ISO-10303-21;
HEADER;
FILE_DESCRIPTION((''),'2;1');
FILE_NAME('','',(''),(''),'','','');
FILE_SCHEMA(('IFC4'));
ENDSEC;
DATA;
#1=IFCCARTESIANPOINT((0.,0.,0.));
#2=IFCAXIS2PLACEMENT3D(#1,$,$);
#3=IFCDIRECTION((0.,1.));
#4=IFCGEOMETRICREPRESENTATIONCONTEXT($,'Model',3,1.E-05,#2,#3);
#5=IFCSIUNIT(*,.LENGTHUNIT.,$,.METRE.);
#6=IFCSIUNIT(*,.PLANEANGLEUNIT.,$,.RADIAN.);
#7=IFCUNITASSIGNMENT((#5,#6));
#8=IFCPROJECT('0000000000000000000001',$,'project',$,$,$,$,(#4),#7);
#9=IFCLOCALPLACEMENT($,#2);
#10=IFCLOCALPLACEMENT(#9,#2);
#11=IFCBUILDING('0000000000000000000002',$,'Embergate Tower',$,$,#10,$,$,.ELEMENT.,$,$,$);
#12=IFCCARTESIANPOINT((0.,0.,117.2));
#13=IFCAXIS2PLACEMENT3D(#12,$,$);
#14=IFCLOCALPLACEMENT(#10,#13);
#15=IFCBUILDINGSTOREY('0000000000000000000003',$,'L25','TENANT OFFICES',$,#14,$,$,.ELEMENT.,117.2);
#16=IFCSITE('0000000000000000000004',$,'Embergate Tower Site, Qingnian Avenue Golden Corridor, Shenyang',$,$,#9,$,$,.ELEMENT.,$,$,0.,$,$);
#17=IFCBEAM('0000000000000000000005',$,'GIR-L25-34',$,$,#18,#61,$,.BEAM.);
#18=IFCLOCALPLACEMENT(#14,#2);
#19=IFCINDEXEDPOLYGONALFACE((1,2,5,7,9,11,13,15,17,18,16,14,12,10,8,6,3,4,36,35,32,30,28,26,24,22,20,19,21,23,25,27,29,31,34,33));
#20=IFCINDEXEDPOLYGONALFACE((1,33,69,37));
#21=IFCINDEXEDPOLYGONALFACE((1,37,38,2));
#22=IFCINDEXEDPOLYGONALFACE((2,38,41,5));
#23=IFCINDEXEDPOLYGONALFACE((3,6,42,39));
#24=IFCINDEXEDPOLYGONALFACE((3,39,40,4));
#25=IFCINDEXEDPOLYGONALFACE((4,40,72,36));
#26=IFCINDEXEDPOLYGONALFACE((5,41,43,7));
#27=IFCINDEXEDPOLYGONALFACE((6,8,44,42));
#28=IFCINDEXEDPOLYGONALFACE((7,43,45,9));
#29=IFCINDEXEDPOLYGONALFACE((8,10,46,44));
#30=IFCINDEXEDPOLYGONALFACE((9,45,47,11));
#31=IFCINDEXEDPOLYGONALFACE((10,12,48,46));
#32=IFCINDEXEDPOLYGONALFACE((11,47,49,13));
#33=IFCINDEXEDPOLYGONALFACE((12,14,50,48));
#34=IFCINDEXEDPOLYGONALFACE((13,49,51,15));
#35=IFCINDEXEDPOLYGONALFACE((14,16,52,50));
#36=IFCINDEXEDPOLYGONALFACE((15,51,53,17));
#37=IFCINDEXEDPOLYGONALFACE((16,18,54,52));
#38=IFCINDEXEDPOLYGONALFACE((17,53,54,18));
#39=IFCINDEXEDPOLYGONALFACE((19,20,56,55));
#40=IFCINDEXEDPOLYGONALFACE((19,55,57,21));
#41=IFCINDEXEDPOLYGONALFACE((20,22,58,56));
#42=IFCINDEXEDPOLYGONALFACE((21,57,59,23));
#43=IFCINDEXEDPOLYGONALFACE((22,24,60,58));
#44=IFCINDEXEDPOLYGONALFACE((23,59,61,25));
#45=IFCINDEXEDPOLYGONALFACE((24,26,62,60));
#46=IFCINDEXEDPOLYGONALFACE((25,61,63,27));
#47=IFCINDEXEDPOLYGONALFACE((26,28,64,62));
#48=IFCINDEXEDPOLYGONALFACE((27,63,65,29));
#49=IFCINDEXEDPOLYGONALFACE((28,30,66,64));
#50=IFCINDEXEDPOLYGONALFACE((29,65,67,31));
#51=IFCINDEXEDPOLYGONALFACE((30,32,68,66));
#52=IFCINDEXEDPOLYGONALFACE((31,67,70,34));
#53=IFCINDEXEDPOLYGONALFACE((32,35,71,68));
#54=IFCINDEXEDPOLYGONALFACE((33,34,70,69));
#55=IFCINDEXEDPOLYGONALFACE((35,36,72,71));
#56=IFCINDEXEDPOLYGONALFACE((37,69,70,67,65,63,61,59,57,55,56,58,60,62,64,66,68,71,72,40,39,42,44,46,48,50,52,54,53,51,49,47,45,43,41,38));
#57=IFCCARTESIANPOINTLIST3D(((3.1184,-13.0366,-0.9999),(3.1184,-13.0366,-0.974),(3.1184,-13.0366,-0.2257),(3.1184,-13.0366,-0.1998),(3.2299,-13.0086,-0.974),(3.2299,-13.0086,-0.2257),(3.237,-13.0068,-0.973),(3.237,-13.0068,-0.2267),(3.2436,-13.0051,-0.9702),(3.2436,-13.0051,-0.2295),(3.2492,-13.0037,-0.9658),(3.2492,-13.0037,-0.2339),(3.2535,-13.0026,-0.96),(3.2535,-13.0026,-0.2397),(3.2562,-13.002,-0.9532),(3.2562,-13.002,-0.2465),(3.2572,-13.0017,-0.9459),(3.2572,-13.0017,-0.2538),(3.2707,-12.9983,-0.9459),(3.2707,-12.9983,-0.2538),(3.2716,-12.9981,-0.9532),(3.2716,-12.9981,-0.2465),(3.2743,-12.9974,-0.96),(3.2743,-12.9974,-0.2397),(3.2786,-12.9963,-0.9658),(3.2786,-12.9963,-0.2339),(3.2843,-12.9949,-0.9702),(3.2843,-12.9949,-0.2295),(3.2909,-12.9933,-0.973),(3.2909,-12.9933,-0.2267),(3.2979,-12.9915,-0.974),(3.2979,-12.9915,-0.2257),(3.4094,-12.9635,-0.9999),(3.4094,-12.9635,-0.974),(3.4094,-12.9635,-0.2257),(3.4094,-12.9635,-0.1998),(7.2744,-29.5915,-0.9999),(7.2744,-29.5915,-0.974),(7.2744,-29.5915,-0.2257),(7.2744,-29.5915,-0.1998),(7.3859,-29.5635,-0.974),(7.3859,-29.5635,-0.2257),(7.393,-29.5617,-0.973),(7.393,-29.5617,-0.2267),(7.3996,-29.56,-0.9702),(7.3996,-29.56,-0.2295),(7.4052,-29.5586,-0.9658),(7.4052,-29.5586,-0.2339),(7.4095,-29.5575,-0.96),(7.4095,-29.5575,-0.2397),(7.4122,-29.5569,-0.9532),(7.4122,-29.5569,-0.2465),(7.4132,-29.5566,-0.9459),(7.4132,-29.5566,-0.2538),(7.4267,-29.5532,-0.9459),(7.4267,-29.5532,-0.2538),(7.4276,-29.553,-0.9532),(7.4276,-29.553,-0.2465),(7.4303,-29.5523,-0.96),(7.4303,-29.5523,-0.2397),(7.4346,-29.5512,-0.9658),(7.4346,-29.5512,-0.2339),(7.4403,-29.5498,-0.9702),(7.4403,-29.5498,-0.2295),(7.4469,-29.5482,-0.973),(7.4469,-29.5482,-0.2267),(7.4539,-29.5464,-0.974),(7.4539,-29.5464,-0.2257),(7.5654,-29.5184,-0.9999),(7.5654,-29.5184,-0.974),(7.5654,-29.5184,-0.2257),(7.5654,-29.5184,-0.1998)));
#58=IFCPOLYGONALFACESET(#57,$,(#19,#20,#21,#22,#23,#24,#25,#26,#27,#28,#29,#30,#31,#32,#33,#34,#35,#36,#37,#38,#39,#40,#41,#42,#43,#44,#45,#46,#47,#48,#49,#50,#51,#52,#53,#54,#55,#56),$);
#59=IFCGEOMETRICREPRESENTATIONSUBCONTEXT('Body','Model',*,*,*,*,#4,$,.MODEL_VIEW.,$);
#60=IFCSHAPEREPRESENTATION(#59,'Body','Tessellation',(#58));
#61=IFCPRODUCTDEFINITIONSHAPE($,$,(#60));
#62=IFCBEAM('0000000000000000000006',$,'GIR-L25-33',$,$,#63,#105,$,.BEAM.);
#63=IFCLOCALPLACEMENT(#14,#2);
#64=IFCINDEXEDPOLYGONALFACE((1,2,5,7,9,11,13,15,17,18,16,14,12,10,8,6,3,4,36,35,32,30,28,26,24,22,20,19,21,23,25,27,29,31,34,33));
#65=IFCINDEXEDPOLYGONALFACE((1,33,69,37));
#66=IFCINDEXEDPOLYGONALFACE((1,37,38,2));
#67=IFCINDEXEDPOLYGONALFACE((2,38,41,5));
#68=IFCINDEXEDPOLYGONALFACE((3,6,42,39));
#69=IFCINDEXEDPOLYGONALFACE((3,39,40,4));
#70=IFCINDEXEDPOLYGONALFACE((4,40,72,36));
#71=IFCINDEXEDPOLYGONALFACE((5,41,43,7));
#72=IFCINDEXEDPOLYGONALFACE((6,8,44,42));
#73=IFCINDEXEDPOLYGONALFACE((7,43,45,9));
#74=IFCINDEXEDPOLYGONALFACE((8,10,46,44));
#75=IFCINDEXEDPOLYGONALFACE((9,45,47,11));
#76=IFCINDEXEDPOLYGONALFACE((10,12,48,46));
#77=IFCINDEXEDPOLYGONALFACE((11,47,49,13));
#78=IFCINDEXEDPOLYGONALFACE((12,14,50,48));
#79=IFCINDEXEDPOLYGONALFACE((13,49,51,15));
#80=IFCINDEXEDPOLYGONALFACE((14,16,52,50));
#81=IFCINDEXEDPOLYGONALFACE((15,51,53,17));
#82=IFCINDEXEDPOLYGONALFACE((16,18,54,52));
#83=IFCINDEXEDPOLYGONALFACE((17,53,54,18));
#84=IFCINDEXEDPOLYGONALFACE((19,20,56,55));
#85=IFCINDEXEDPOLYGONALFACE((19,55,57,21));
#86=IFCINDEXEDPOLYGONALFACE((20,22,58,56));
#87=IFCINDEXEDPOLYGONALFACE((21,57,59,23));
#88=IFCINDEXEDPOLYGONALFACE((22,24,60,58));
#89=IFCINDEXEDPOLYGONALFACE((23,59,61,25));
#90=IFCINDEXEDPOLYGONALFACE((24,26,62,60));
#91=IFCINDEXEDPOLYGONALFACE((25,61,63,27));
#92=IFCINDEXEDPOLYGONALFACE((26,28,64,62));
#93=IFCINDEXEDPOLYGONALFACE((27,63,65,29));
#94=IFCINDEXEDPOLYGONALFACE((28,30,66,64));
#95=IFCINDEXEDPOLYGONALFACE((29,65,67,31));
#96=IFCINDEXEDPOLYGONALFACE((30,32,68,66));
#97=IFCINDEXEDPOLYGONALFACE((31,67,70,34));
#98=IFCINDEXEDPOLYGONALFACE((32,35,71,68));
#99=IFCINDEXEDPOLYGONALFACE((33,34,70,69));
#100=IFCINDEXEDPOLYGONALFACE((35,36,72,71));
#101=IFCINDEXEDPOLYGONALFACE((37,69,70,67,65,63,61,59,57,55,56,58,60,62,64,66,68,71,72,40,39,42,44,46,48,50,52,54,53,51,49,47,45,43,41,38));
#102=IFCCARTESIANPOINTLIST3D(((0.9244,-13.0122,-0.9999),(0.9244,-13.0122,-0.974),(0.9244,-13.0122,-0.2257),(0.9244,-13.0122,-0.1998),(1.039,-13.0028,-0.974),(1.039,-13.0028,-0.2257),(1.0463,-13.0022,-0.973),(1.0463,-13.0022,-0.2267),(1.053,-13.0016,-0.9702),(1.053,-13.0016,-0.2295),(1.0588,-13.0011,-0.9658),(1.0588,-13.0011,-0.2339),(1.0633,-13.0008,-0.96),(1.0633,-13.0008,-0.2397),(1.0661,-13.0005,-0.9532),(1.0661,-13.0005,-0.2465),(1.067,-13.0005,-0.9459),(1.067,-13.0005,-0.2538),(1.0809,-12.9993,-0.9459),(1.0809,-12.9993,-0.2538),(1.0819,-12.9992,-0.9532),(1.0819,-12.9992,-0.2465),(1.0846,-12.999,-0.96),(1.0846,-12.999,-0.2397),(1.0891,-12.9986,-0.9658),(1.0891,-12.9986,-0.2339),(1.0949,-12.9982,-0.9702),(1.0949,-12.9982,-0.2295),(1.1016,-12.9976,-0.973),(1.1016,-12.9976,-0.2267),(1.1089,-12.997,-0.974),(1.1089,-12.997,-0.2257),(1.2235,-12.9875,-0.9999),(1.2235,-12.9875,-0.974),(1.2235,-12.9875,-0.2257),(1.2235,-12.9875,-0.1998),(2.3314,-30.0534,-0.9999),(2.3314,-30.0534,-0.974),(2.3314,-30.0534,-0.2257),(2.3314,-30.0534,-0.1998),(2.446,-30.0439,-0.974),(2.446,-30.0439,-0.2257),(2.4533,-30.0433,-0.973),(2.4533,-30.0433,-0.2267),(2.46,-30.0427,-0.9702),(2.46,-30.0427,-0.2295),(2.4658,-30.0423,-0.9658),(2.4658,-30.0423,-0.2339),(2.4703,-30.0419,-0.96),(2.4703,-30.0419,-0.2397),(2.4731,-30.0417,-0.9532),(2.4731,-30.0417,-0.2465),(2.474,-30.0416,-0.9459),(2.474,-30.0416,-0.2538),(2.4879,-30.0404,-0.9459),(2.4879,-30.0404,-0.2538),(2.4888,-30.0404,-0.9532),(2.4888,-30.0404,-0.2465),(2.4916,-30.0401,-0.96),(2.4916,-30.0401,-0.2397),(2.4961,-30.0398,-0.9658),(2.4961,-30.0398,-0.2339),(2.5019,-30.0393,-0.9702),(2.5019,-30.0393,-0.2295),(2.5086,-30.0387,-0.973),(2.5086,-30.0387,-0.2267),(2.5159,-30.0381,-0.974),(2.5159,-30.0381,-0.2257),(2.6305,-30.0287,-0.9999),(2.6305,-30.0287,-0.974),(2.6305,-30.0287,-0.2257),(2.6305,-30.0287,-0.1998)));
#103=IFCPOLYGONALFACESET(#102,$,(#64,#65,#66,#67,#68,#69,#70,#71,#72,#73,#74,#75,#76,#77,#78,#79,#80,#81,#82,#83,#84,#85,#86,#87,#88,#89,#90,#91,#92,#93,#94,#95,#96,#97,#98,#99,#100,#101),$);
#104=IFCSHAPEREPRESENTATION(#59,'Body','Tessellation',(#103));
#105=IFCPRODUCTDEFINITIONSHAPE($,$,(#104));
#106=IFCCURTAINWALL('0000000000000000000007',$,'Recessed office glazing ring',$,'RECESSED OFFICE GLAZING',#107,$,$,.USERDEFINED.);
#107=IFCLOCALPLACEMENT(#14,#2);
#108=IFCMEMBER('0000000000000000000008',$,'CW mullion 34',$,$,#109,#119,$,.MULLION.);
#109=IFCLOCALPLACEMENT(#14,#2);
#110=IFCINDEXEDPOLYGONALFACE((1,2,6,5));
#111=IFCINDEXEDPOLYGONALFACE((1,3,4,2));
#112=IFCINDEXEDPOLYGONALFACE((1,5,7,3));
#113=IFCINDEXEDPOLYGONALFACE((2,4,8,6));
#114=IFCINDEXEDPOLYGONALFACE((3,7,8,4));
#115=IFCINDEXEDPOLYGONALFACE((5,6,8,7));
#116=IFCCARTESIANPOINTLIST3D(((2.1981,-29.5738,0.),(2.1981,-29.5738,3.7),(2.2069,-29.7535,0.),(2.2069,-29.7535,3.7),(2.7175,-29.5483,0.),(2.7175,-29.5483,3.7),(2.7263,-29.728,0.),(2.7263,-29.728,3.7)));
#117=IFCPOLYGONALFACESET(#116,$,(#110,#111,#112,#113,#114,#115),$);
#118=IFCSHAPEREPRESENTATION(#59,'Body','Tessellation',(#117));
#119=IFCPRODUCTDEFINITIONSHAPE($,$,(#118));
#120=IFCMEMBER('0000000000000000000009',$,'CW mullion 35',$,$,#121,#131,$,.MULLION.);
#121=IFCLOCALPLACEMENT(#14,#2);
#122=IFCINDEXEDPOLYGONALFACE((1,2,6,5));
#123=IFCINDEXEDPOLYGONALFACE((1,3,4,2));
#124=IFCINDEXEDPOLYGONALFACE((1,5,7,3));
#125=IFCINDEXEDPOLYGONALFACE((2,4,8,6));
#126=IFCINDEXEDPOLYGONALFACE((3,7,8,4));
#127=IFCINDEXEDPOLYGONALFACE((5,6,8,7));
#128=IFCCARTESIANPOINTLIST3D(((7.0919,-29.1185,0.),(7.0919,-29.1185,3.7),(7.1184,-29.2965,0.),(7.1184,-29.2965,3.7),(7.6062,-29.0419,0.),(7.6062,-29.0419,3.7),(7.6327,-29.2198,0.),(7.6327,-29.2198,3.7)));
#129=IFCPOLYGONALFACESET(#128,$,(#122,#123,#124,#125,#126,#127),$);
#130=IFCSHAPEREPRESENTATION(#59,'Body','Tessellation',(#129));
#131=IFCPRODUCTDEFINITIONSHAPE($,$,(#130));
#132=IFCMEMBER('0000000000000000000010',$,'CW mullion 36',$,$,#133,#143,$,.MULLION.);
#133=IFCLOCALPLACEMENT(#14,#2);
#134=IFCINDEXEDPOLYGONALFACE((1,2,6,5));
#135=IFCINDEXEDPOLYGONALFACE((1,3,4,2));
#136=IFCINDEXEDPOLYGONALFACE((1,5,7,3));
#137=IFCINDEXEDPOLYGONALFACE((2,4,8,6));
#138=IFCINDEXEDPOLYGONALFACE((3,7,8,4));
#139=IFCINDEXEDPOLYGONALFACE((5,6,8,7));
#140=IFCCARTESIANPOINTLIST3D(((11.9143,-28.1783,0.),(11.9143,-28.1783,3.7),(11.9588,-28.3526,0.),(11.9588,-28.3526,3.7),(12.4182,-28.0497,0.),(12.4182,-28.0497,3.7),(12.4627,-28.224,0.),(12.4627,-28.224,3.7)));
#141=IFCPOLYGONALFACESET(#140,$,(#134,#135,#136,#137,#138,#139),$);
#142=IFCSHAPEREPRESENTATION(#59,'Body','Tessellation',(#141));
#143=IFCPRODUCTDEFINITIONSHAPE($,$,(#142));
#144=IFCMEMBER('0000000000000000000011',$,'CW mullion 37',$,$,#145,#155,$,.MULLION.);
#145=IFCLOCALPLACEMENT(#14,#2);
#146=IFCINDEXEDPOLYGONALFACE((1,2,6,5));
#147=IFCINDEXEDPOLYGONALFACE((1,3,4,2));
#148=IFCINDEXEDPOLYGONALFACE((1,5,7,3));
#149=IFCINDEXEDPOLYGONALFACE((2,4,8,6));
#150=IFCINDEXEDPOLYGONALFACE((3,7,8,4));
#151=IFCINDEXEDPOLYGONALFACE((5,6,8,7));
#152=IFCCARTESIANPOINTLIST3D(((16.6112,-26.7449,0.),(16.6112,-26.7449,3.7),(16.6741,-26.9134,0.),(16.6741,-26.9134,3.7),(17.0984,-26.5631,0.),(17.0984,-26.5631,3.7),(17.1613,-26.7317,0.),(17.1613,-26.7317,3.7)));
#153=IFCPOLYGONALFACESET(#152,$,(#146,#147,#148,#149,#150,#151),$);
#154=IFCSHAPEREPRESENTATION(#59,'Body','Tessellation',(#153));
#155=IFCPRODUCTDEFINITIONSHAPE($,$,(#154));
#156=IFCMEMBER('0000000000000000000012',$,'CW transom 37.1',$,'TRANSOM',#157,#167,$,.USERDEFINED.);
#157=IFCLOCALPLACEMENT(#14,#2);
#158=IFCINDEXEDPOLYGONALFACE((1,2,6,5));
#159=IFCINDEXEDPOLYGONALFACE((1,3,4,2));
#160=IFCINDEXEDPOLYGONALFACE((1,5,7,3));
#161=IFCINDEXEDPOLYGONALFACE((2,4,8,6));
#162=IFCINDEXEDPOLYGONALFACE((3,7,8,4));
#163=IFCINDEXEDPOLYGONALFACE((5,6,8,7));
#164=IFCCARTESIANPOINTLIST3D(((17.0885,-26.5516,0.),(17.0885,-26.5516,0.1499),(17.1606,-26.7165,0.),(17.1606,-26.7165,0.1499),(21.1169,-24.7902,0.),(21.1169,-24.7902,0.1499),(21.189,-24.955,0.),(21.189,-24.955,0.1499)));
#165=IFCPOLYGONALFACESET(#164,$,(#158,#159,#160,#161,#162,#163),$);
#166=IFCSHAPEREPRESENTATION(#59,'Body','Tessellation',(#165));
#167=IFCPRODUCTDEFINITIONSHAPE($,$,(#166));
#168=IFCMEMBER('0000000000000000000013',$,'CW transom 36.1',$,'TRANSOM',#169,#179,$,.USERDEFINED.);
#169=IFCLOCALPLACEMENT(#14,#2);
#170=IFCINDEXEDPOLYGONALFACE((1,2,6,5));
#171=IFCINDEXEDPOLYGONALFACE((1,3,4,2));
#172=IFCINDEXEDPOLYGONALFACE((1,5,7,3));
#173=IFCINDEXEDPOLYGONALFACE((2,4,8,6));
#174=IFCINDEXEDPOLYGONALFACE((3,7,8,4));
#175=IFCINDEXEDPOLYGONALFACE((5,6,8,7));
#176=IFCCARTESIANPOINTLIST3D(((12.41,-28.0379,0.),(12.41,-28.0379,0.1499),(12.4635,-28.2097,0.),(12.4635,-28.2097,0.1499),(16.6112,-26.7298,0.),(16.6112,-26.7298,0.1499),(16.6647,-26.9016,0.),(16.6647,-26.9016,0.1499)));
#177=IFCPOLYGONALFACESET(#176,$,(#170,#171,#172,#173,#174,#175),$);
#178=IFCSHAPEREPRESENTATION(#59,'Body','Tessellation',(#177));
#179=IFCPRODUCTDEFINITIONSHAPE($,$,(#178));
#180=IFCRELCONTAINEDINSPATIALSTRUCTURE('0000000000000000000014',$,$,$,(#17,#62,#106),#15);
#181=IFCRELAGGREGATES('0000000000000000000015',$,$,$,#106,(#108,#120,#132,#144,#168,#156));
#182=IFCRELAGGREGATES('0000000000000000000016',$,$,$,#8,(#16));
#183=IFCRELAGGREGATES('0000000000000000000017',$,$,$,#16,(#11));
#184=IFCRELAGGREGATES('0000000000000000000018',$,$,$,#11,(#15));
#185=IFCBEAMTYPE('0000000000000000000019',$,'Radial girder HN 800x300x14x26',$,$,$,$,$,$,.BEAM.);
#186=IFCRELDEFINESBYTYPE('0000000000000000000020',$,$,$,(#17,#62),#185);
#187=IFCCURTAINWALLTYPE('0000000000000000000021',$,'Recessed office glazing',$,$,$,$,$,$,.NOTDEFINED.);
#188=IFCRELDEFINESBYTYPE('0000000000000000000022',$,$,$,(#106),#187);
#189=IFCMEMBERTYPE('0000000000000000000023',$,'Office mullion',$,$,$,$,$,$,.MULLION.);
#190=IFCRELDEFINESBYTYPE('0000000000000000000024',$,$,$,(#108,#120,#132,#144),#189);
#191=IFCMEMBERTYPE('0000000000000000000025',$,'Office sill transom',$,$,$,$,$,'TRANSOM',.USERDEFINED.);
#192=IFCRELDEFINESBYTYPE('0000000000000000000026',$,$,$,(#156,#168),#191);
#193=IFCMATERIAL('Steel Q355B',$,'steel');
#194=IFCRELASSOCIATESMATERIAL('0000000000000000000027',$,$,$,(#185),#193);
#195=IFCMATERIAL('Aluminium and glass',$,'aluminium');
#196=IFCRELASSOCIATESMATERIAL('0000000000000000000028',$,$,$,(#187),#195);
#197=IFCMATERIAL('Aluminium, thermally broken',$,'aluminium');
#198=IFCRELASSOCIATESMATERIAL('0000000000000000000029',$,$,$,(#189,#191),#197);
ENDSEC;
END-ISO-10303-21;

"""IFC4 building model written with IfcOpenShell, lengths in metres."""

from ifc_helpers import new_model, si_unit, direction, frame, origin, origin_2d, place, context, subcontext, project, spatial, rectangle, i_section, extrude, source, transform, mapped, material, material_profile, profile_set, type_object, element, aggregate, save


model = new_model("IFC4")

# Units and contexts
model_context = context("Model", 3, precision=1e-05, world=origin(), true_north=direction((0.0, 1.0)))
body_context = subcontext(model_context, "Body", "Model", "MODEL_VIEW")
ifc_project = project(units=[si_unit("LENGTHUNIT", "METRE"), si_unit("PLANEANGLEUNIT", "RADIAN")], contexts=[model_context])

# Site, building, storey
site_placement = place(None, origin())
site = spatial("IfcSite", under=ifc_project, at=site_placement, Name="Embergate Tower Site, Qingnian Avenue Golden Corridor, Shenyang", CompositionType="ELEMENT", RefElevation=0.0)
building_placement = place(site_placement, origin())
building = spatial("IfcBuilding", under=site, at=building_placement, Name="Embergate Tower", CompositionType="ELEMENT")
storey_placement = place(building_placement, frame((0.0, 0.0, 117.2)))
storey = spatial("IfcBuildingStorey", under=building, at=storey_placement, Name="L25", Description="TENANT OFFICES", CompositionType="ELEMENT", Elevation=117.2)

# Beams
ifc_material_1 = material(Name="Steel Q355B", Category="steel")
ifc_material_profile_1 = material_profile(ifc_material_1, i_section(OverallWidth=0.3, OverallDepth=0.8, WebThickness=0.0139, FlangeThickness=0.0259, FilletRadius=0.0281, at=origin_2d()), Name="HN 800x300x14x26")
ifc_profile_set_1 = profile_set([ifc_material_profile_1], Name="Steel Q355 grade B")
beam_type_1 = type_object("IfcBeamType", Name="Radial girder HN 800x300x14x26", PredefinedType="BEAM", material=ifc_profile_set_1)
shared_shape_1 = source(origin(), body_context, "Body", "SweptSolid", [
    extrude(i_section(OverallWidth=0.3, OverallDepth=0.8, WebThickness=0.0139, FlangeThickness=0.0259, FilletRadius=0.0281, at=origin_2d()), origin(), (0.0, 0.0, 1.0), 17.0686),
])
beam_1_placement = place(storey_placement, frame((7.4199, -29.5549, -0.5999), z_axis=(-0.243488, 0.969904, 0.0), x_axis=(-0.969904, -0.243488, 0.0)))
element("IfcBeam", 1, at=beam_1_placement, inside=storey, type_object=beam_type_1, Name="GIR-L25-34", PredefinedType="BEAM", context=body_context, shape_type="MappedRepresentation", body=[
    mapped(shared_shape_1, transform((0.0, 0.0, 0.0))),
])
shared_shape_2 = source(origin(), body_context, "Body", "SweptSolid", [
    extrude(i_section(OverallWidth=0.3, OverallDepth=0.8, WebThickness=0.0139, FlangeThickness=0.0259, FilletRadius=0.0281, at=origin_2d()), origin(), (0.0, 0.0, 1.0), 17.0991),
])
beam_2_placement = place(storey_placement, frame((2.481, -30.041, -0.5999), z_axis=(-0.082284, 0.996609, 0.0), x_axis=(-0.996609, -0.082284, 0.0)))
element("IfcBeam", 2, at=beam_2_placement, inside=storey, type_object=beam_type_1, Name="GIR-L25-33", PredefinedType="BEAM", context=body_context, shape_type="MappedRepresentation", body=[
    mapped(shared_shape_2, transform((0.0, 0.0, 0.0))),
])

# Curtain wall, members
ifc_material_2 = material(Name="Aluminium and glass", Category="aluminium")
curtain_wall_type = type_object("IfcCurtainWallType", Name="Recessed office glazing", PredefinedType="NOTDEFINED", material=ifc_material_2)
curtain_wall_placement = place(storey_placement, origin())
curtain_wall = element("IfcCurtainWall", 3, at=curtain_wall_placement, inside=storey, type_object=curtain_wall_type, Name="Recessed office glazing ring", ObjectType="RECESSED OFFICE GLAZING", PredefinedType="USERDEFINED")
ifc_material_3 = material(Name="Aluminium, thermally broken", Category="aluminium")
ifc_material_profile_2 = material_profile(ifc_material_3, rectangle(XDim=0.1799, YDim=0.52, at=origin_2d()), Name="AL 520x180")
ifc_profile_set_2 = profile_set([ifc_material_profile_2], Name="Aluminium, thermally broken")
member_type_1 = type_object("IfcMemberType", Name="Office mullion", PredefinedType="MULLION", material=ifc_profile_set_2)
shared_shape_3 = source(origin(), body_context, "Body", "SweptSolid", [
    extrude(rectangle(XDim=0.1799, YDim=0.52, at=origin_2d()), origin(), (0.0, 0.0, 1.0), 3.7),
])
member_1_placement = place(storey_placement, frame((2.4622, -29.6509, 0.0), z_axis=(0.0, 0.0, 1.0), x_axis=(-0.048972, 0.9988, 0.0)))
member_1 = element("IfcMember", 4, at=member_1_placement, type_object=member_type_1, Name="CW mullion 34", PredefinedType="MULLION", context=body_context, shape_type="MappedRepresentation", body=[
    mapped(shared_shape_3, transform((0.0, 0.0, 0.0))),
])
member_2_placement = place(storey_placement, frame((7.3623, -29.1692, 0.0), z_axis=(0.0, 0.0, 1.0), x_axis=(-0.147414, 0.989075, 0.0)))
member_2 = element("IfcMember", 5, at=member_2_placement, type_object=member_type_1, Name="CW mullion 35", PredefinedType="MULLION", context=body_context, shape_type="MappedRepresentation", body=[
    mapped(shared_shape_3, transform((0.0, 0.0, 0.0))),
])
member_3_placement = place(storey_placement, frame((12.1885, -28.2012, 0.0), z_axis=(0.0, 0.0, 1.0), x_axis=(-0.247315, 0.968935, 0.0)))
member_3 = element("IfcMember", 6, at=member_3_placement, type_object=member_type_1, Name="CW mullion 36", PredefinedType="MULLION", context=body_context, shape_type="MappedRepresentation", body=[
    mapped(shared_shape_3, transform((0.0, 0.0, 0.0))),
])
member_4_placement = place(storey_placement, frame((16.8862, -26.7383, 0.0), z_axis=(0.0, 0.0, 1.0), x_axis=(-0.349506, 0.936934, 0.0)))
member_4 = element("IfcMember", 7, at=member_4_placement, type_object=member_type_1, Name="CW mullion 37", PredefinedType="MULLION", context=body_context, shape_type="MappedRepresentation", body=[
    mapped(shared_shape_3, transform((0.0, 0.0, 0.0))),
])
ifc_material_profile_3 = material_profile(ifc_material_3, rectangle(XDim=0.1799, YDim=0.1499, at=origin_2d()), Name="AL 150x180")
ifc_profile_set_3 = profile_set([ifc_material_profile_3], Name="Aluminium, thermally broken")
member_type_2 = type_object("IfcMemberType", Name="Office sill transom", ElementType="TRANSOM", PredefinedType="USERDEFINED", material=ifc_profile_set_3)
shared_shape_4 = source(origin(), body_context, "Body", "SweptSolid", [
    extrude(rectangle(XDim=0.1799, YDim=0.1499, at=origin_2d()), origin(), (0.0, 0.0, 1.0), 4.3967),
])
member_5_placement = place(storey_placement, frame((17.1245, -26.634, 0.075), z_axis=(0.916243, 0.400624, 0.0), x_axis=(-0.400624, 0.916243, 0.0)))
member_5 = element("IfcMember", 8, at=member_5_placement, type_object=member_type_2, Name="CW transom 37.1", ObjectType="TRANSOM", PredefinedType="USERDEFINED", context=body_context, shape_type="MappedRepresentation", body=[
    mapped(shared_shape_4, transform((0.0, 0.0, 0.0))),
])
shared_shape_5 = source(origin(), body_context, "Body", "SweptSolid", [
    extrude(rectangle(XDim=0.1799, YDim=0.1499, at=origin_2d()), origin(), (0.0, 0.0, 1.0), 4.4001),
])
member_6_placement = place(storey_placement, frame((12.4368, -28.1238, 0.075), z_axis=(0.954788, 0.297289, 0.0), x_axis=(-0.297289, 0.954788, 0.0)))
member_6 = element("IfcMember", 9, at=member_6_placement, type_object=member_type_2, Name="CW transom 36.1", ObjectType="TRANSOM", PredefinedType="USERDEFINED", context=body_context, shape_type="MappedRepresentation", body=[
    mapped(shared_shape_5, transform((0.0, 0.0, 0.0))),
])
aggregate(curtain_wall, [member_1, member_2, member_3, member_4, member_6, member_5])

save(model, "model.ifc")
